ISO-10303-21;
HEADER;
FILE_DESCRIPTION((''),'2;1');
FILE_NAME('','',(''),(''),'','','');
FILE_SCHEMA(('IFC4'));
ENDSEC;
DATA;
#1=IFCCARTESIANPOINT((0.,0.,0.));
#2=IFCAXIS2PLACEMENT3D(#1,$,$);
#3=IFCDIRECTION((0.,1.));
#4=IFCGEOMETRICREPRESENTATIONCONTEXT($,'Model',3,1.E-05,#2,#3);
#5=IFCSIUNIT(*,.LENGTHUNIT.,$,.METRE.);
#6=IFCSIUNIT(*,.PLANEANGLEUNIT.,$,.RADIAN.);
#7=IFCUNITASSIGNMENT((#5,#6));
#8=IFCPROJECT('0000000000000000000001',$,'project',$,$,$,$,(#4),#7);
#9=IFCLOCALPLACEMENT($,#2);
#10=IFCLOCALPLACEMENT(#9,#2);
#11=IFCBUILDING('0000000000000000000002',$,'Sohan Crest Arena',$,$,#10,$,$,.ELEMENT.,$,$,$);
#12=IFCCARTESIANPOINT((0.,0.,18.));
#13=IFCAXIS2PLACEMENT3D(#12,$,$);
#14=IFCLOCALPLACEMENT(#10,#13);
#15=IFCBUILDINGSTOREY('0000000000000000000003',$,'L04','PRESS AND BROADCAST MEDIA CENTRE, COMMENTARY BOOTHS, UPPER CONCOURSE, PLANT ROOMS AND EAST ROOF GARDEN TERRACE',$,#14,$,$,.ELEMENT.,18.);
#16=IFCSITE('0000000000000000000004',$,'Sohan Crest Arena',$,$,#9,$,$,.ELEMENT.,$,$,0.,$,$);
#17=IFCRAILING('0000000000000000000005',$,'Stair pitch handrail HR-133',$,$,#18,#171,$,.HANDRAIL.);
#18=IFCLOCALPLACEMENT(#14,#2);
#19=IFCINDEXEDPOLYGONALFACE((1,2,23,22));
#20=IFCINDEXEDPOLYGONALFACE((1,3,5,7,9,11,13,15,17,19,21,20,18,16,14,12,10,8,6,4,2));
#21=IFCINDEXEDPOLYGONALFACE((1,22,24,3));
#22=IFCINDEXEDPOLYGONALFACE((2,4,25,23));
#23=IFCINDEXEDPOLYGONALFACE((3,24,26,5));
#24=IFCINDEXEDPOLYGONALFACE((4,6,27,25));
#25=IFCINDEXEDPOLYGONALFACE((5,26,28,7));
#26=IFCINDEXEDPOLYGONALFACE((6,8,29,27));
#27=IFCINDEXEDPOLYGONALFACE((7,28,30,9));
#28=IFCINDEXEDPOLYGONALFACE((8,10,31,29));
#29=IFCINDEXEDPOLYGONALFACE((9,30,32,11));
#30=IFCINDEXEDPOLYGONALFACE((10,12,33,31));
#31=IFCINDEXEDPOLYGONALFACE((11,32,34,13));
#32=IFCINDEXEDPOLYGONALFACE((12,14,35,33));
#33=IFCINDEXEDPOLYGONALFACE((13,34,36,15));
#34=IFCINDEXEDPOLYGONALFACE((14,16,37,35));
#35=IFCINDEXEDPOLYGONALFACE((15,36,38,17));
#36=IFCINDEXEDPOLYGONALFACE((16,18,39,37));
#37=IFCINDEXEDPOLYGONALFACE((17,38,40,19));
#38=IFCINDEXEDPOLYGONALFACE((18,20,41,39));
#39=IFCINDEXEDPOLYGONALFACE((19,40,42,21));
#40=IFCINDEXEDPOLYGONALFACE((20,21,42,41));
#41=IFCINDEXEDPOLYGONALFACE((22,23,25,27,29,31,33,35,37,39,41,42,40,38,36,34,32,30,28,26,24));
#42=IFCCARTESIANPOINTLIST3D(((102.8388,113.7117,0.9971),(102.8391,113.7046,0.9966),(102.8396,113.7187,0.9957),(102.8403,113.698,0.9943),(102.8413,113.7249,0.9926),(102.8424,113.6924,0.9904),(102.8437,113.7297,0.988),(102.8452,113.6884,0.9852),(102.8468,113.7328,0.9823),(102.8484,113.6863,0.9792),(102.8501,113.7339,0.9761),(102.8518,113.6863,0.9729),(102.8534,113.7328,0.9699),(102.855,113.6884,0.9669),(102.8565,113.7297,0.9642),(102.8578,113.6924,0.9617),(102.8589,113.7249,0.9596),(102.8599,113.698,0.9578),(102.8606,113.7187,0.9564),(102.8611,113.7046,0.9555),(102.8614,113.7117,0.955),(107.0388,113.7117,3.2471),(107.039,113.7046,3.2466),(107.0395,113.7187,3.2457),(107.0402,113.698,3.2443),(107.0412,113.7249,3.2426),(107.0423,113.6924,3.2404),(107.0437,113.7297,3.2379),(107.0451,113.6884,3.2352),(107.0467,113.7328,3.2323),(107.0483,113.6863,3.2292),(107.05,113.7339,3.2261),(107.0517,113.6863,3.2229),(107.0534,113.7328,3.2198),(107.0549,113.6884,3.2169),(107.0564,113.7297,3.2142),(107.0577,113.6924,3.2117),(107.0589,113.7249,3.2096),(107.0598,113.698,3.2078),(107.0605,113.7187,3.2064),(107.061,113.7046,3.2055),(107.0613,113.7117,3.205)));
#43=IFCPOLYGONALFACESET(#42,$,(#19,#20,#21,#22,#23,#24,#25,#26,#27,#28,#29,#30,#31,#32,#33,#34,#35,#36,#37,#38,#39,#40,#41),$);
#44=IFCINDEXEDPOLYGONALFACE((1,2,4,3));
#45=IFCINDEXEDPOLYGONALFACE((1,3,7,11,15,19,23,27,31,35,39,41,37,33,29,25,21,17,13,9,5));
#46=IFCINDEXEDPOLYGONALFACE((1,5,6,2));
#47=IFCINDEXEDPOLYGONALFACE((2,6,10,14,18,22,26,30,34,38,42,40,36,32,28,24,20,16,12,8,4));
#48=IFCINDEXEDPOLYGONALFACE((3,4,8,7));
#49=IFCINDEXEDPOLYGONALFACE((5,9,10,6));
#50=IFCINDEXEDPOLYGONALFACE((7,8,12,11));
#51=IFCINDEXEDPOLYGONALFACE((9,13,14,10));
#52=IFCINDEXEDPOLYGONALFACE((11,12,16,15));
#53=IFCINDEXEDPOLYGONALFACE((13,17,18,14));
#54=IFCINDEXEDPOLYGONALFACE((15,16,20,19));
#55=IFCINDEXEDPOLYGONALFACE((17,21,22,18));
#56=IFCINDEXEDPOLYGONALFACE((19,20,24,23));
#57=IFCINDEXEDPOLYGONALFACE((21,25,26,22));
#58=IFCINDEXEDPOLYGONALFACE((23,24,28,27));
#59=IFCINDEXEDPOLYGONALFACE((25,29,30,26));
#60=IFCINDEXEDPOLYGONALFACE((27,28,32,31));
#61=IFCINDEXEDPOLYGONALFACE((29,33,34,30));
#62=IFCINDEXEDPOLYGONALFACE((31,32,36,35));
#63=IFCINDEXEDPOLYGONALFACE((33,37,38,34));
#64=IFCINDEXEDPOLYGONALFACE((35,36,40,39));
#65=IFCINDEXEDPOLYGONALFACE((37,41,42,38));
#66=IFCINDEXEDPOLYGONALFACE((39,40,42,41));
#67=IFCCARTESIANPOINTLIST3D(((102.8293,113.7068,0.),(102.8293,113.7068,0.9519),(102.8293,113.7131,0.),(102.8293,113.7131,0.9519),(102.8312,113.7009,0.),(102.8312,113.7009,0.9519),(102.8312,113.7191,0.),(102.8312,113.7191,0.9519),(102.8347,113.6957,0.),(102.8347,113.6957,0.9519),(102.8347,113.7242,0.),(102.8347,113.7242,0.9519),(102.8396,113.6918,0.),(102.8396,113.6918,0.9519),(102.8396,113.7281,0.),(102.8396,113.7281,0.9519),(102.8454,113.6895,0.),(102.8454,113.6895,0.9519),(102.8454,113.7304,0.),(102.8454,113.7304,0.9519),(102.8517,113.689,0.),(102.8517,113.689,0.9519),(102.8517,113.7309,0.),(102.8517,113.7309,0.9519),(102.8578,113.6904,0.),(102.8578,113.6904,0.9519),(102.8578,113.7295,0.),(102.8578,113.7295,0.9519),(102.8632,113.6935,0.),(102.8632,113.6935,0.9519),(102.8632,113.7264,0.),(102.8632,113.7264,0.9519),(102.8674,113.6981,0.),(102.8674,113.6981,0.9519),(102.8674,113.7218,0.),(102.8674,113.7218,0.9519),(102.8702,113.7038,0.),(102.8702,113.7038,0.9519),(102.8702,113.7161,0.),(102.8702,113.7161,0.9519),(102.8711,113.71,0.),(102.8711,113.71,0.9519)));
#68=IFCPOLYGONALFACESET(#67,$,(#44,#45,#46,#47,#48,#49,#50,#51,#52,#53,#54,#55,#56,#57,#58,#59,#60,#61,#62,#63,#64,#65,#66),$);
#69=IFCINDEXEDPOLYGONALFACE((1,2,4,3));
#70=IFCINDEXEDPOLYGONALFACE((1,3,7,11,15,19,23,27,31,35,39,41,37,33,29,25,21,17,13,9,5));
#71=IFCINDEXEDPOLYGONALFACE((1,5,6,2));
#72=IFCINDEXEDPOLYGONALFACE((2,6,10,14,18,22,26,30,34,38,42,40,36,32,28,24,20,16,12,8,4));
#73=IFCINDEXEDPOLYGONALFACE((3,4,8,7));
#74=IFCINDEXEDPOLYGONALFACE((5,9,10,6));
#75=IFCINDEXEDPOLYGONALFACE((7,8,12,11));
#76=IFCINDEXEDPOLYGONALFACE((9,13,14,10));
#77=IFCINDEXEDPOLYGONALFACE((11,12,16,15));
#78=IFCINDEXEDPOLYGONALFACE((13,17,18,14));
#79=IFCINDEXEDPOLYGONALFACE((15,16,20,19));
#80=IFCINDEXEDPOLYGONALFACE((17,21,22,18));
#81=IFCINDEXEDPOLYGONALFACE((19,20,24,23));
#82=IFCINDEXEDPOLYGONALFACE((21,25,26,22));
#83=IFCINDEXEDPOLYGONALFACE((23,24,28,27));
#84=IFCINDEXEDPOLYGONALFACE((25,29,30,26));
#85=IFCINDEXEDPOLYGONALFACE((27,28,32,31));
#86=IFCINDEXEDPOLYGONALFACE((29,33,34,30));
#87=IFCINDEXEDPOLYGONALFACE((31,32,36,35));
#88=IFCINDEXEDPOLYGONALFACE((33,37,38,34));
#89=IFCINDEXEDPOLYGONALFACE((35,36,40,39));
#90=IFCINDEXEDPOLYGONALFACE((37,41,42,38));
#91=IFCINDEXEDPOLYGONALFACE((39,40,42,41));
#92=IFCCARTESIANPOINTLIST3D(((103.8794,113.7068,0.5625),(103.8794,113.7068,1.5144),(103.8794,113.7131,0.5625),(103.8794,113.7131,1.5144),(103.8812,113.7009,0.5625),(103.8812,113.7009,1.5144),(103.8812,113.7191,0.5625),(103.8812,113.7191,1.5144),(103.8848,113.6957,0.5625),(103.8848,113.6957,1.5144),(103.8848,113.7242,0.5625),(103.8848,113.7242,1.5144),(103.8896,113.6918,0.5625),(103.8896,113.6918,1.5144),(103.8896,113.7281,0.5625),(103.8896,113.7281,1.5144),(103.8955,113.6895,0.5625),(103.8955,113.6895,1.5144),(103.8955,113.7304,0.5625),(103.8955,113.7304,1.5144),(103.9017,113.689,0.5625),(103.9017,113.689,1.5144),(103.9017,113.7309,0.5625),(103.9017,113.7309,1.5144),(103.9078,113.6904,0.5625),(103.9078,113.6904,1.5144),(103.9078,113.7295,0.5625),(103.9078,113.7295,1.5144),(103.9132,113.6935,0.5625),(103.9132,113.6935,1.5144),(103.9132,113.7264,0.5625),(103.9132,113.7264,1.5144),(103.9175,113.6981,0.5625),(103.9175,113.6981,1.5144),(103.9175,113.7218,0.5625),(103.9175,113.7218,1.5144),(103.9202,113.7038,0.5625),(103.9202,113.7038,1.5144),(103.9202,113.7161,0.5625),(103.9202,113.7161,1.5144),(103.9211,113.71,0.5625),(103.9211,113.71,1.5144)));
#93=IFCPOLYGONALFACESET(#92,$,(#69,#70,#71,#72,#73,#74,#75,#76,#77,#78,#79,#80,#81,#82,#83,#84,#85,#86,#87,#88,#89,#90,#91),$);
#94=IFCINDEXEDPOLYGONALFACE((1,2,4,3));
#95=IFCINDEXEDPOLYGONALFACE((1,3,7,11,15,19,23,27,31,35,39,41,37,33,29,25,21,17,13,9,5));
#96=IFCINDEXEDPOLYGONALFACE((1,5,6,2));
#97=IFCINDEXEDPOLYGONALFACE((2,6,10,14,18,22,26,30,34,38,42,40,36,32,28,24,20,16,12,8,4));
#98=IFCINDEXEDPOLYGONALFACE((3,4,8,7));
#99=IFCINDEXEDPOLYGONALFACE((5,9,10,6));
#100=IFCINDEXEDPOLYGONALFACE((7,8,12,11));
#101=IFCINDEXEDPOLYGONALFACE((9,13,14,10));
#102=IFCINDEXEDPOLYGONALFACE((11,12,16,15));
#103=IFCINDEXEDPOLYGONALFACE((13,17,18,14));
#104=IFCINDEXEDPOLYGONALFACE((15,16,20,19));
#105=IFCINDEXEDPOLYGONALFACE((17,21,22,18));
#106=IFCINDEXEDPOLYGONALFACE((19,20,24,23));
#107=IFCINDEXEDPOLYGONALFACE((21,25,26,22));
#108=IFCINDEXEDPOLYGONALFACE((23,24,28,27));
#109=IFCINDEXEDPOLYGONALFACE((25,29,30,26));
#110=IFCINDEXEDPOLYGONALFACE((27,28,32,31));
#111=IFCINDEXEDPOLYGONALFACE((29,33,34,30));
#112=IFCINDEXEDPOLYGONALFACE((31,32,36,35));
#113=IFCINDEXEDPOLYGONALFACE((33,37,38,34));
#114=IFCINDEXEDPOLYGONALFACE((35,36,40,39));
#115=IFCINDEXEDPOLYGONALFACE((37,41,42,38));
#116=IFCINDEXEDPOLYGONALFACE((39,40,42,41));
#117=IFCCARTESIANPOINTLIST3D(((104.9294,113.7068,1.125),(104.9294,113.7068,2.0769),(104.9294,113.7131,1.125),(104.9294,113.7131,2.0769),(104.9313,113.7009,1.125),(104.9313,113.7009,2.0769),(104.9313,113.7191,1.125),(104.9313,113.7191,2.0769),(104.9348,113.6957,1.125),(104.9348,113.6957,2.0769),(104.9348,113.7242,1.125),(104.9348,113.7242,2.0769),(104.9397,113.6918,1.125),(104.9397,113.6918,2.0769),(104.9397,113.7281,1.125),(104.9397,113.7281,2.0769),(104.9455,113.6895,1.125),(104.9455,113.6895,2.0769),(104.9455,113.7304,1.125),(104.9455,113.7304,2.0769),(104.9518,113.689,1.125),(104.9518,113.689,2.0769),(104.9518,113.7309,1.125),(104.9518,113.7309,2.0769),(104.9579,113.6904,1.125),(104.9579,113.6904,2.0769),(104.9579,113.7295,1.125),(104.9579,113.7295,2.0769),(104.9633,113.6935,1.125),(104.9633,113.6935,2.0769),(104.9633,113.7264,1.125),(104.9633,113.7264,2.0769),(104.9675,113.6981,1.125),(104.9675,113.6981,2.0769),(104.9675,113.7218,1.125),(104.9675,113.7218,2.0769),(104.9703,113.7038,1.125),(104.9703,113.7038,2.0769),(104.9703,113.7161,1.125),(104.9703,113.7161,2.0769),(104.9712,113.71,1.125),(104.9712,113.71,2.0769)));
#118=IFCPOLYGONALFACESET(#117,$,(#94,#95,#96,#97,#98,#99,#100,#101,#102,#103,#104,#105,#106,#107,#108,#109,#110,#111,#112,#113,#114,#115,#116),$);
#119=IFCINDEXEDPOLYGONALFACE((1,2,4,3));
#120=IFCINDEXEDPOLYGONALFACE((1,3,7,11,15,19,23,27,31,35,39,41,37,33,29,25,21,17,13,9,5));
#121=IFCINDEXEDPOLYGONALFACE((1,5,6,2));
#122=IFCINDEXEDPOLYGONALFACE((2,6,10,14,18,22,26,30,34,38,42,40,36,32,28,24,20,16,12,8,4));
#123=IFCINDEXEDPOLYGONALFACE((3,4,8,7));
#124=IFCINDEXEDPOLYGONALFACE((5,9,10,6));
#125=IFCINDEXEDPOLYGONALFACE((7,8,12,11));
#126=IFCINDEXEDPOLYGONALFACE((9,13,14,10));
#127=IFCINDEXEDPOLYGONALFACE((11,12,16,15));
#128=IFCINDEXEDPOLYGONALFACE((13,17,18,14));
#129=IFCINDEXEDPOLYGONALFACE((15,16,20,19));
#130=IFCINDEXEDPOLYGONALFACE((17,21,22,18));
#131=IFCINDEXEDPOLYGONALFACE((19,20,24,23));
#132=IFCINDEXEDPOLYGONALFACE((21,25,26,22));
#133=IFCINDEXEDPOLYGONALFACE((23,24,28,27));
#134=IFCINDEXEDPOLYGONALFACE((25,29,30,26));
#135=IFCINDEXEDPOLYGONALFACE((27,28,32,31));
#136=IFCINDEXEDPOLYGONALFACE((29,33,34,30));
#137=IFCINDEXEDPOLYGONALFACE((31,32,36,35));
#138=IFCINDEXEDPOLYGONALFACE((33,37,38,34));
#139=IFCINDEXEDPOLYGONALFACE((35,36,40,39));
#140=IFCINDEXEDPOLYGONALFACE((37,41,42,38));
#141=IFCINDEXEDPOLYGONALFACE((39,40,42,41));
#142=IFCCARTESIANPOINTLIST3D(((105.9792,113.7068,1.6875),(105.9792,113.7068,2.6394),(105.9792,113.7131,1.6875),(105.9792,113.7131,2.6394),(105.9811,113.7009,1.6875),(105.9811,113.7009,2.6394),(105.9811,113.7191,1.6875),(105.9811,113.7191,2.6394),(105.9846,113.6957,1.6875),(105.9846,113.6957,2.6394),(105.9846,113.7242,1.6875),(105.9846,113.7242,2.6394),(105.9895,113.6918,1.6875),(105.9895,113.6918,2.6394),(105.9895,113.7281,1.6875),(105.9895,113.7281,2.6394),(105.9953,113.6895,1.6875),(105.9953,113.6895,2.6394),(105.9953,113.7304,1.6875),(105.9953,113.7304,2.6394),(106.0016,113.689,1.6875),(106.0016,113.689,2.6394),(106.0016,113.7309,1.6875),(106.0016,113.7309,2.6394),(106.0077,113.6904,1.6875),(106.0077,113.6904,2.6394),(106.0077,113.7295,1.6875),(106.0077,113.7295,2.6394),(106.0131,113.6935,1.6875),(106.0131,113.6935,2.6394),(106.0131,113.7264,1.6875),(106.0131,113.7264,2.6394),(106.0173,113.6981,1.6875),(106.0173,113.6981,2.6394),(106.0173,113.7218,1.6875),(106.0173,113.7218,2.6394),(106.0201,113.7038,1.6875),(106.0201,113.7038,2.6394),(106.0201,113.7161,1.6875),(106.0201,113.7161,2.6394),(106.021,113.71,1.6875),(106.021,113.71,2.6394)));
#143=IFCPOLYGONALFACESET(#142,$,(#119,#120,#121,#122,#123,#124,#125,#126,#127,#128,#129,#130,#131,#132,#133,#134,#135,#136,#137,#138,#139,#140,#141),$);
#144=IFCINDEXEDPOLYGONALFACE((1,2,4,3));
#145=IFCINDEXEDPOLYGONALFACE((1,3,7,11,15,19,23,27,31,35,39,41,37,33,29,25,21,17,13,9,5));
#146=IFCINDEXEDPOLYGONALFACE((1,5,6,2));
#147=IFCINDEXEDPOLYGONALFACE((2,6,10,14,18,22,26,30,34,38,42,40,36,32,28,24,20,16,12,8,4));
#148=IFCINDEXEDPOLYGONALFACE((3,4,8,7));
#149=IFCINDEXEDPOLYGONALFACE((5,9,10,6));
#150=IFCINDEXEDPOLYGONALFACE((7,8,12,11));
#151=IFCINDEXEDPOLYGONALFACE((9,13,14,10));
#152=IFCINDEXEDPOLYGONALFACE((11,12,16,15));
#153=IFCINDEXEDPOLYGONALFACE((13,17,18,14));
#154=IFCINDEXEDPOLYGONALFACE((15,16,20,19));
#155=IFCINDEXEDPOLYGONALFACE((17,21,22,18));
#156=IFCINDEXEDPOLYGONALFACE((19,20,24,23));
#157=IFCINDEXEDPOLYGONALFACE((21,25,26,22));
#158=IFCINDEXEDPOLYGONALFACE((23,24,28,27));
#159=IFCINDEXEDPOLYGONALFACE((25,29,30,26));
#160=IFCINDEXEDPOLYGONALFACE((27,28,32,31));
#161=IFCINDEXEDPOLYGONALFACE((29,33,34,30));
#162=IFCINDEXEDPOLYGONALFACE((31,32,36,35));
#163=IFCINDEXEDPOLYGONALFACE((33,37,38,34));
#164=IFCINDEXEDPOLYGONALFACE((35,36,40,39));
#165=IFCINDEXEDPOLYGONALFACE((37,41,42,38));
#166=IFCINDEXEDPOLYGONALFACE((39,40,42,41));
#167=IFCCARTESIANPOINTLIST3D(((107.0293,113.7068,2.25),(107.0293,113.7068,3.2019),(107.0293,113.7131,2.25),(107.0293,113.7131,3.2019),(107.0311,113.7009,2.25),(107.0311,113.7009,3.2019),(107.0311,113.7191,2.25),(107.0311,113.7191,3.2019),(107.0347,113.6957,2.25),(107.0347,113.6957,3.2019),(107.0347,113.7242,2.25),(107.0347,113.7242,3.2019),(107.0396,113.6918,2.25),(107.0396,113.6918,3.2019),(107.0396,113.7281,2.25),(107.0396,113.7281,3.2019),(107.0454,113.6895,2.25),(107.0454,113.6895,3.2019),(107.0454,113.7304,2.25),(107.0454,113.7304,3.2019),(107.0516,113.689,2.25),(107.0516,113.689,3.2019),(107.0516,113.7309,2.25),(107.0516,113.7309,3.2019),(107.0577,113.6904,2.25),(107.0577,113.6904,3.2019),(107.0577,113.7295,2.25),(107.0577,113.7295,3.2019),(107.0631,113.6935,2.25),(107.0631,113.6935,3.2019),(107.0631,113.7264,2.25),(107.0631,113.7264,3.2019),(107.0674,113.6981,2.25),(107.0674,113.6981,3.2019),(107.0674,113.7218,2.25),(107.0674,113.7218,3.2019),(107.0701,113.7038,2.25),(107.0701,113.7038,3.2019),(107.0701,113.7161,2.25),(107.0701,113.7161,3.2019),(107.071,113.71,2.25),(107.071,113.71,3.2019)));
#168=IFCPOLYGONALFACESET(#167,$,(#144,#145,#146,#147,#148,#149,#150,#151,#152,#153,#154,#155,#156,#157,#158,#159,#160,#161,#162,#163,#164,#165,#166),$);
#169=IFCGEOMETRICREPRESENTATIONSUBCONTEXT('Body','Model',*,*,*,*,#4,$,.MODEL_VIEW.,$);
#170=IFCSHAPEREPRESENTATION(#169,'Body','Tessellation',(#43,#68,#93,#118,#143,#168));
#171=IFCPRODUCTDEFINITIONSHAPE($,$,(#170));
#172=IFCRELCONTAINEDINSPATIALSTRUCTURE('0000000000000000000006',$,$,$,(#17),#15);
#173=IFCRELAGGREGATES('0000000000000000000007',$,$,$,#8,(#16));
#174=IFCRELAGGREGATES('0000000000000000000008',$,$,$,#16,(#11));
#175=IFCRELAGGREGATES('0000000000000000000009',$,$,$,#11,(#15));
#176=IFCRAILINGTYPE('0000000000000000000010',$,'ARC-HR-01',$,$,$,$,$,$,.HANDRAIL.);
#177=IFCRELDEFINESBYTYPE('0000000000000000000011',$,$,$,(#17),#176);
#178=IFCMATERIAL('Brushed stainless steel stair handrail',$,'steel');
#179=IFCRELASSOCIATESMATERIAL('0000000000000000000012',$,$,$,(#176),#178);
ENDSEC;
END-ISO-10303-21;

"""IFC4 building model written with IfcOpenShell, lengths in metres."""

from ifc_helpers import new_model, si_unit, direction, frame, origin, origin_2d, place, context, subcontext, project, spatial, circle, extrude, material, type_object, element, save


model = new_model("IFC4")

# Units and contexts
model_context = context("Model", 3, precision=1e-05, world=origin(), true_north=direction((0.0, 1.0)))
body_context = subcontext(model_context, "Body", "Model", "MODEL_VIEW")
ifc_project = project(units=[si_unit("LENGTHUNIT", "METRE"), si_unit("PLANEANGLEUNIT", "RADIAN")], contexts=[model_context])

# Site, building, storey
site_placement = place(None, origin())
site = spatial("IfcSite", under=ifc_project, at=site_placement, Name="Sohan Crest Arena", CompositionType="ELEMENT", RefElevation=0.0)
building_placement = place(site_placement, origin())
building = spatial("IfcBuilding", under=site, at=building_placement, Name="Sohan Crest Arena", CompositionType="ELEMENT")
storey_placement = place(building_placement, frame((0.0, 0.0, 18.0)))
storey = spatial("IfcBuildingStorey", under=building, at=storey_placement, Name="L04", Description="PRESS AND BROADCAST MEDIA CENTRE, COMMENTARY BOOTHS, UPPER CONCOURSE, PLANT ROOMS AND EAST ROOF GARDEN TERRACE", CompositionType="ELEMENT", Elevation=18.0)

# Railing
ifc_material_1 = material(Name="Brushed stainless steel stair handrail", Category="steel")
railing_type_1 = type_object("IfcRailingType", Name="ARC-HR-01", PredefinedType="HANDRAIL", material=ifc_material_1)
for number, where, name in (
    (1, (102.8501, 113.71, 0.0), "Stair pitch handrail HR-133"),
):
    element("IfcRailing", number, at=place(storey_placement, frame(where)), inside=storey, type_object=railing_type_1, Name=name, PredefinedType="HANDRAIL", context=body_context, shape_type="SweptSolid", body=[
        extrude(circle(Radius=0.0239, at=origin_2d()), frame((0.0, 0.0, 0.9761), z_axis=(0.881478, 0.0, 0.472226), x_axis=(0.0, 1.0, 0.0)), (0.0, 0.0, 1.0), 4.7646),
        extrude(circle(Radius=0.021, at=origin_2d()), origin(), (0.0, 0.0, 1.0), 0.9519),
        extrude(circle(Radius=0.021, at=origin_2d()), frame((1.05, 0.0, 0.5625)), (0.0, 0.0, 1.0), 0.9519),
        extrude(circle(Radius=0.021, at=origin_2d()), frame((2.1001, 0.0, 1.125)), (0.0, 0.0, 1.0), 0.9519),
        extrude(circle(Radius=0.021, at=origin_2d()), frame((3.1499, 0.0, 1.6875)), (0.0, 0.0, 1.0), 0.9519),
        extrude(circle(Radius=0.021, at=origin_2d()), frame((4.2, 0.0, 2.25)), (0.0, 0.0, 1.0), 0.9519),
    ])

save(model, "model.ifc")
